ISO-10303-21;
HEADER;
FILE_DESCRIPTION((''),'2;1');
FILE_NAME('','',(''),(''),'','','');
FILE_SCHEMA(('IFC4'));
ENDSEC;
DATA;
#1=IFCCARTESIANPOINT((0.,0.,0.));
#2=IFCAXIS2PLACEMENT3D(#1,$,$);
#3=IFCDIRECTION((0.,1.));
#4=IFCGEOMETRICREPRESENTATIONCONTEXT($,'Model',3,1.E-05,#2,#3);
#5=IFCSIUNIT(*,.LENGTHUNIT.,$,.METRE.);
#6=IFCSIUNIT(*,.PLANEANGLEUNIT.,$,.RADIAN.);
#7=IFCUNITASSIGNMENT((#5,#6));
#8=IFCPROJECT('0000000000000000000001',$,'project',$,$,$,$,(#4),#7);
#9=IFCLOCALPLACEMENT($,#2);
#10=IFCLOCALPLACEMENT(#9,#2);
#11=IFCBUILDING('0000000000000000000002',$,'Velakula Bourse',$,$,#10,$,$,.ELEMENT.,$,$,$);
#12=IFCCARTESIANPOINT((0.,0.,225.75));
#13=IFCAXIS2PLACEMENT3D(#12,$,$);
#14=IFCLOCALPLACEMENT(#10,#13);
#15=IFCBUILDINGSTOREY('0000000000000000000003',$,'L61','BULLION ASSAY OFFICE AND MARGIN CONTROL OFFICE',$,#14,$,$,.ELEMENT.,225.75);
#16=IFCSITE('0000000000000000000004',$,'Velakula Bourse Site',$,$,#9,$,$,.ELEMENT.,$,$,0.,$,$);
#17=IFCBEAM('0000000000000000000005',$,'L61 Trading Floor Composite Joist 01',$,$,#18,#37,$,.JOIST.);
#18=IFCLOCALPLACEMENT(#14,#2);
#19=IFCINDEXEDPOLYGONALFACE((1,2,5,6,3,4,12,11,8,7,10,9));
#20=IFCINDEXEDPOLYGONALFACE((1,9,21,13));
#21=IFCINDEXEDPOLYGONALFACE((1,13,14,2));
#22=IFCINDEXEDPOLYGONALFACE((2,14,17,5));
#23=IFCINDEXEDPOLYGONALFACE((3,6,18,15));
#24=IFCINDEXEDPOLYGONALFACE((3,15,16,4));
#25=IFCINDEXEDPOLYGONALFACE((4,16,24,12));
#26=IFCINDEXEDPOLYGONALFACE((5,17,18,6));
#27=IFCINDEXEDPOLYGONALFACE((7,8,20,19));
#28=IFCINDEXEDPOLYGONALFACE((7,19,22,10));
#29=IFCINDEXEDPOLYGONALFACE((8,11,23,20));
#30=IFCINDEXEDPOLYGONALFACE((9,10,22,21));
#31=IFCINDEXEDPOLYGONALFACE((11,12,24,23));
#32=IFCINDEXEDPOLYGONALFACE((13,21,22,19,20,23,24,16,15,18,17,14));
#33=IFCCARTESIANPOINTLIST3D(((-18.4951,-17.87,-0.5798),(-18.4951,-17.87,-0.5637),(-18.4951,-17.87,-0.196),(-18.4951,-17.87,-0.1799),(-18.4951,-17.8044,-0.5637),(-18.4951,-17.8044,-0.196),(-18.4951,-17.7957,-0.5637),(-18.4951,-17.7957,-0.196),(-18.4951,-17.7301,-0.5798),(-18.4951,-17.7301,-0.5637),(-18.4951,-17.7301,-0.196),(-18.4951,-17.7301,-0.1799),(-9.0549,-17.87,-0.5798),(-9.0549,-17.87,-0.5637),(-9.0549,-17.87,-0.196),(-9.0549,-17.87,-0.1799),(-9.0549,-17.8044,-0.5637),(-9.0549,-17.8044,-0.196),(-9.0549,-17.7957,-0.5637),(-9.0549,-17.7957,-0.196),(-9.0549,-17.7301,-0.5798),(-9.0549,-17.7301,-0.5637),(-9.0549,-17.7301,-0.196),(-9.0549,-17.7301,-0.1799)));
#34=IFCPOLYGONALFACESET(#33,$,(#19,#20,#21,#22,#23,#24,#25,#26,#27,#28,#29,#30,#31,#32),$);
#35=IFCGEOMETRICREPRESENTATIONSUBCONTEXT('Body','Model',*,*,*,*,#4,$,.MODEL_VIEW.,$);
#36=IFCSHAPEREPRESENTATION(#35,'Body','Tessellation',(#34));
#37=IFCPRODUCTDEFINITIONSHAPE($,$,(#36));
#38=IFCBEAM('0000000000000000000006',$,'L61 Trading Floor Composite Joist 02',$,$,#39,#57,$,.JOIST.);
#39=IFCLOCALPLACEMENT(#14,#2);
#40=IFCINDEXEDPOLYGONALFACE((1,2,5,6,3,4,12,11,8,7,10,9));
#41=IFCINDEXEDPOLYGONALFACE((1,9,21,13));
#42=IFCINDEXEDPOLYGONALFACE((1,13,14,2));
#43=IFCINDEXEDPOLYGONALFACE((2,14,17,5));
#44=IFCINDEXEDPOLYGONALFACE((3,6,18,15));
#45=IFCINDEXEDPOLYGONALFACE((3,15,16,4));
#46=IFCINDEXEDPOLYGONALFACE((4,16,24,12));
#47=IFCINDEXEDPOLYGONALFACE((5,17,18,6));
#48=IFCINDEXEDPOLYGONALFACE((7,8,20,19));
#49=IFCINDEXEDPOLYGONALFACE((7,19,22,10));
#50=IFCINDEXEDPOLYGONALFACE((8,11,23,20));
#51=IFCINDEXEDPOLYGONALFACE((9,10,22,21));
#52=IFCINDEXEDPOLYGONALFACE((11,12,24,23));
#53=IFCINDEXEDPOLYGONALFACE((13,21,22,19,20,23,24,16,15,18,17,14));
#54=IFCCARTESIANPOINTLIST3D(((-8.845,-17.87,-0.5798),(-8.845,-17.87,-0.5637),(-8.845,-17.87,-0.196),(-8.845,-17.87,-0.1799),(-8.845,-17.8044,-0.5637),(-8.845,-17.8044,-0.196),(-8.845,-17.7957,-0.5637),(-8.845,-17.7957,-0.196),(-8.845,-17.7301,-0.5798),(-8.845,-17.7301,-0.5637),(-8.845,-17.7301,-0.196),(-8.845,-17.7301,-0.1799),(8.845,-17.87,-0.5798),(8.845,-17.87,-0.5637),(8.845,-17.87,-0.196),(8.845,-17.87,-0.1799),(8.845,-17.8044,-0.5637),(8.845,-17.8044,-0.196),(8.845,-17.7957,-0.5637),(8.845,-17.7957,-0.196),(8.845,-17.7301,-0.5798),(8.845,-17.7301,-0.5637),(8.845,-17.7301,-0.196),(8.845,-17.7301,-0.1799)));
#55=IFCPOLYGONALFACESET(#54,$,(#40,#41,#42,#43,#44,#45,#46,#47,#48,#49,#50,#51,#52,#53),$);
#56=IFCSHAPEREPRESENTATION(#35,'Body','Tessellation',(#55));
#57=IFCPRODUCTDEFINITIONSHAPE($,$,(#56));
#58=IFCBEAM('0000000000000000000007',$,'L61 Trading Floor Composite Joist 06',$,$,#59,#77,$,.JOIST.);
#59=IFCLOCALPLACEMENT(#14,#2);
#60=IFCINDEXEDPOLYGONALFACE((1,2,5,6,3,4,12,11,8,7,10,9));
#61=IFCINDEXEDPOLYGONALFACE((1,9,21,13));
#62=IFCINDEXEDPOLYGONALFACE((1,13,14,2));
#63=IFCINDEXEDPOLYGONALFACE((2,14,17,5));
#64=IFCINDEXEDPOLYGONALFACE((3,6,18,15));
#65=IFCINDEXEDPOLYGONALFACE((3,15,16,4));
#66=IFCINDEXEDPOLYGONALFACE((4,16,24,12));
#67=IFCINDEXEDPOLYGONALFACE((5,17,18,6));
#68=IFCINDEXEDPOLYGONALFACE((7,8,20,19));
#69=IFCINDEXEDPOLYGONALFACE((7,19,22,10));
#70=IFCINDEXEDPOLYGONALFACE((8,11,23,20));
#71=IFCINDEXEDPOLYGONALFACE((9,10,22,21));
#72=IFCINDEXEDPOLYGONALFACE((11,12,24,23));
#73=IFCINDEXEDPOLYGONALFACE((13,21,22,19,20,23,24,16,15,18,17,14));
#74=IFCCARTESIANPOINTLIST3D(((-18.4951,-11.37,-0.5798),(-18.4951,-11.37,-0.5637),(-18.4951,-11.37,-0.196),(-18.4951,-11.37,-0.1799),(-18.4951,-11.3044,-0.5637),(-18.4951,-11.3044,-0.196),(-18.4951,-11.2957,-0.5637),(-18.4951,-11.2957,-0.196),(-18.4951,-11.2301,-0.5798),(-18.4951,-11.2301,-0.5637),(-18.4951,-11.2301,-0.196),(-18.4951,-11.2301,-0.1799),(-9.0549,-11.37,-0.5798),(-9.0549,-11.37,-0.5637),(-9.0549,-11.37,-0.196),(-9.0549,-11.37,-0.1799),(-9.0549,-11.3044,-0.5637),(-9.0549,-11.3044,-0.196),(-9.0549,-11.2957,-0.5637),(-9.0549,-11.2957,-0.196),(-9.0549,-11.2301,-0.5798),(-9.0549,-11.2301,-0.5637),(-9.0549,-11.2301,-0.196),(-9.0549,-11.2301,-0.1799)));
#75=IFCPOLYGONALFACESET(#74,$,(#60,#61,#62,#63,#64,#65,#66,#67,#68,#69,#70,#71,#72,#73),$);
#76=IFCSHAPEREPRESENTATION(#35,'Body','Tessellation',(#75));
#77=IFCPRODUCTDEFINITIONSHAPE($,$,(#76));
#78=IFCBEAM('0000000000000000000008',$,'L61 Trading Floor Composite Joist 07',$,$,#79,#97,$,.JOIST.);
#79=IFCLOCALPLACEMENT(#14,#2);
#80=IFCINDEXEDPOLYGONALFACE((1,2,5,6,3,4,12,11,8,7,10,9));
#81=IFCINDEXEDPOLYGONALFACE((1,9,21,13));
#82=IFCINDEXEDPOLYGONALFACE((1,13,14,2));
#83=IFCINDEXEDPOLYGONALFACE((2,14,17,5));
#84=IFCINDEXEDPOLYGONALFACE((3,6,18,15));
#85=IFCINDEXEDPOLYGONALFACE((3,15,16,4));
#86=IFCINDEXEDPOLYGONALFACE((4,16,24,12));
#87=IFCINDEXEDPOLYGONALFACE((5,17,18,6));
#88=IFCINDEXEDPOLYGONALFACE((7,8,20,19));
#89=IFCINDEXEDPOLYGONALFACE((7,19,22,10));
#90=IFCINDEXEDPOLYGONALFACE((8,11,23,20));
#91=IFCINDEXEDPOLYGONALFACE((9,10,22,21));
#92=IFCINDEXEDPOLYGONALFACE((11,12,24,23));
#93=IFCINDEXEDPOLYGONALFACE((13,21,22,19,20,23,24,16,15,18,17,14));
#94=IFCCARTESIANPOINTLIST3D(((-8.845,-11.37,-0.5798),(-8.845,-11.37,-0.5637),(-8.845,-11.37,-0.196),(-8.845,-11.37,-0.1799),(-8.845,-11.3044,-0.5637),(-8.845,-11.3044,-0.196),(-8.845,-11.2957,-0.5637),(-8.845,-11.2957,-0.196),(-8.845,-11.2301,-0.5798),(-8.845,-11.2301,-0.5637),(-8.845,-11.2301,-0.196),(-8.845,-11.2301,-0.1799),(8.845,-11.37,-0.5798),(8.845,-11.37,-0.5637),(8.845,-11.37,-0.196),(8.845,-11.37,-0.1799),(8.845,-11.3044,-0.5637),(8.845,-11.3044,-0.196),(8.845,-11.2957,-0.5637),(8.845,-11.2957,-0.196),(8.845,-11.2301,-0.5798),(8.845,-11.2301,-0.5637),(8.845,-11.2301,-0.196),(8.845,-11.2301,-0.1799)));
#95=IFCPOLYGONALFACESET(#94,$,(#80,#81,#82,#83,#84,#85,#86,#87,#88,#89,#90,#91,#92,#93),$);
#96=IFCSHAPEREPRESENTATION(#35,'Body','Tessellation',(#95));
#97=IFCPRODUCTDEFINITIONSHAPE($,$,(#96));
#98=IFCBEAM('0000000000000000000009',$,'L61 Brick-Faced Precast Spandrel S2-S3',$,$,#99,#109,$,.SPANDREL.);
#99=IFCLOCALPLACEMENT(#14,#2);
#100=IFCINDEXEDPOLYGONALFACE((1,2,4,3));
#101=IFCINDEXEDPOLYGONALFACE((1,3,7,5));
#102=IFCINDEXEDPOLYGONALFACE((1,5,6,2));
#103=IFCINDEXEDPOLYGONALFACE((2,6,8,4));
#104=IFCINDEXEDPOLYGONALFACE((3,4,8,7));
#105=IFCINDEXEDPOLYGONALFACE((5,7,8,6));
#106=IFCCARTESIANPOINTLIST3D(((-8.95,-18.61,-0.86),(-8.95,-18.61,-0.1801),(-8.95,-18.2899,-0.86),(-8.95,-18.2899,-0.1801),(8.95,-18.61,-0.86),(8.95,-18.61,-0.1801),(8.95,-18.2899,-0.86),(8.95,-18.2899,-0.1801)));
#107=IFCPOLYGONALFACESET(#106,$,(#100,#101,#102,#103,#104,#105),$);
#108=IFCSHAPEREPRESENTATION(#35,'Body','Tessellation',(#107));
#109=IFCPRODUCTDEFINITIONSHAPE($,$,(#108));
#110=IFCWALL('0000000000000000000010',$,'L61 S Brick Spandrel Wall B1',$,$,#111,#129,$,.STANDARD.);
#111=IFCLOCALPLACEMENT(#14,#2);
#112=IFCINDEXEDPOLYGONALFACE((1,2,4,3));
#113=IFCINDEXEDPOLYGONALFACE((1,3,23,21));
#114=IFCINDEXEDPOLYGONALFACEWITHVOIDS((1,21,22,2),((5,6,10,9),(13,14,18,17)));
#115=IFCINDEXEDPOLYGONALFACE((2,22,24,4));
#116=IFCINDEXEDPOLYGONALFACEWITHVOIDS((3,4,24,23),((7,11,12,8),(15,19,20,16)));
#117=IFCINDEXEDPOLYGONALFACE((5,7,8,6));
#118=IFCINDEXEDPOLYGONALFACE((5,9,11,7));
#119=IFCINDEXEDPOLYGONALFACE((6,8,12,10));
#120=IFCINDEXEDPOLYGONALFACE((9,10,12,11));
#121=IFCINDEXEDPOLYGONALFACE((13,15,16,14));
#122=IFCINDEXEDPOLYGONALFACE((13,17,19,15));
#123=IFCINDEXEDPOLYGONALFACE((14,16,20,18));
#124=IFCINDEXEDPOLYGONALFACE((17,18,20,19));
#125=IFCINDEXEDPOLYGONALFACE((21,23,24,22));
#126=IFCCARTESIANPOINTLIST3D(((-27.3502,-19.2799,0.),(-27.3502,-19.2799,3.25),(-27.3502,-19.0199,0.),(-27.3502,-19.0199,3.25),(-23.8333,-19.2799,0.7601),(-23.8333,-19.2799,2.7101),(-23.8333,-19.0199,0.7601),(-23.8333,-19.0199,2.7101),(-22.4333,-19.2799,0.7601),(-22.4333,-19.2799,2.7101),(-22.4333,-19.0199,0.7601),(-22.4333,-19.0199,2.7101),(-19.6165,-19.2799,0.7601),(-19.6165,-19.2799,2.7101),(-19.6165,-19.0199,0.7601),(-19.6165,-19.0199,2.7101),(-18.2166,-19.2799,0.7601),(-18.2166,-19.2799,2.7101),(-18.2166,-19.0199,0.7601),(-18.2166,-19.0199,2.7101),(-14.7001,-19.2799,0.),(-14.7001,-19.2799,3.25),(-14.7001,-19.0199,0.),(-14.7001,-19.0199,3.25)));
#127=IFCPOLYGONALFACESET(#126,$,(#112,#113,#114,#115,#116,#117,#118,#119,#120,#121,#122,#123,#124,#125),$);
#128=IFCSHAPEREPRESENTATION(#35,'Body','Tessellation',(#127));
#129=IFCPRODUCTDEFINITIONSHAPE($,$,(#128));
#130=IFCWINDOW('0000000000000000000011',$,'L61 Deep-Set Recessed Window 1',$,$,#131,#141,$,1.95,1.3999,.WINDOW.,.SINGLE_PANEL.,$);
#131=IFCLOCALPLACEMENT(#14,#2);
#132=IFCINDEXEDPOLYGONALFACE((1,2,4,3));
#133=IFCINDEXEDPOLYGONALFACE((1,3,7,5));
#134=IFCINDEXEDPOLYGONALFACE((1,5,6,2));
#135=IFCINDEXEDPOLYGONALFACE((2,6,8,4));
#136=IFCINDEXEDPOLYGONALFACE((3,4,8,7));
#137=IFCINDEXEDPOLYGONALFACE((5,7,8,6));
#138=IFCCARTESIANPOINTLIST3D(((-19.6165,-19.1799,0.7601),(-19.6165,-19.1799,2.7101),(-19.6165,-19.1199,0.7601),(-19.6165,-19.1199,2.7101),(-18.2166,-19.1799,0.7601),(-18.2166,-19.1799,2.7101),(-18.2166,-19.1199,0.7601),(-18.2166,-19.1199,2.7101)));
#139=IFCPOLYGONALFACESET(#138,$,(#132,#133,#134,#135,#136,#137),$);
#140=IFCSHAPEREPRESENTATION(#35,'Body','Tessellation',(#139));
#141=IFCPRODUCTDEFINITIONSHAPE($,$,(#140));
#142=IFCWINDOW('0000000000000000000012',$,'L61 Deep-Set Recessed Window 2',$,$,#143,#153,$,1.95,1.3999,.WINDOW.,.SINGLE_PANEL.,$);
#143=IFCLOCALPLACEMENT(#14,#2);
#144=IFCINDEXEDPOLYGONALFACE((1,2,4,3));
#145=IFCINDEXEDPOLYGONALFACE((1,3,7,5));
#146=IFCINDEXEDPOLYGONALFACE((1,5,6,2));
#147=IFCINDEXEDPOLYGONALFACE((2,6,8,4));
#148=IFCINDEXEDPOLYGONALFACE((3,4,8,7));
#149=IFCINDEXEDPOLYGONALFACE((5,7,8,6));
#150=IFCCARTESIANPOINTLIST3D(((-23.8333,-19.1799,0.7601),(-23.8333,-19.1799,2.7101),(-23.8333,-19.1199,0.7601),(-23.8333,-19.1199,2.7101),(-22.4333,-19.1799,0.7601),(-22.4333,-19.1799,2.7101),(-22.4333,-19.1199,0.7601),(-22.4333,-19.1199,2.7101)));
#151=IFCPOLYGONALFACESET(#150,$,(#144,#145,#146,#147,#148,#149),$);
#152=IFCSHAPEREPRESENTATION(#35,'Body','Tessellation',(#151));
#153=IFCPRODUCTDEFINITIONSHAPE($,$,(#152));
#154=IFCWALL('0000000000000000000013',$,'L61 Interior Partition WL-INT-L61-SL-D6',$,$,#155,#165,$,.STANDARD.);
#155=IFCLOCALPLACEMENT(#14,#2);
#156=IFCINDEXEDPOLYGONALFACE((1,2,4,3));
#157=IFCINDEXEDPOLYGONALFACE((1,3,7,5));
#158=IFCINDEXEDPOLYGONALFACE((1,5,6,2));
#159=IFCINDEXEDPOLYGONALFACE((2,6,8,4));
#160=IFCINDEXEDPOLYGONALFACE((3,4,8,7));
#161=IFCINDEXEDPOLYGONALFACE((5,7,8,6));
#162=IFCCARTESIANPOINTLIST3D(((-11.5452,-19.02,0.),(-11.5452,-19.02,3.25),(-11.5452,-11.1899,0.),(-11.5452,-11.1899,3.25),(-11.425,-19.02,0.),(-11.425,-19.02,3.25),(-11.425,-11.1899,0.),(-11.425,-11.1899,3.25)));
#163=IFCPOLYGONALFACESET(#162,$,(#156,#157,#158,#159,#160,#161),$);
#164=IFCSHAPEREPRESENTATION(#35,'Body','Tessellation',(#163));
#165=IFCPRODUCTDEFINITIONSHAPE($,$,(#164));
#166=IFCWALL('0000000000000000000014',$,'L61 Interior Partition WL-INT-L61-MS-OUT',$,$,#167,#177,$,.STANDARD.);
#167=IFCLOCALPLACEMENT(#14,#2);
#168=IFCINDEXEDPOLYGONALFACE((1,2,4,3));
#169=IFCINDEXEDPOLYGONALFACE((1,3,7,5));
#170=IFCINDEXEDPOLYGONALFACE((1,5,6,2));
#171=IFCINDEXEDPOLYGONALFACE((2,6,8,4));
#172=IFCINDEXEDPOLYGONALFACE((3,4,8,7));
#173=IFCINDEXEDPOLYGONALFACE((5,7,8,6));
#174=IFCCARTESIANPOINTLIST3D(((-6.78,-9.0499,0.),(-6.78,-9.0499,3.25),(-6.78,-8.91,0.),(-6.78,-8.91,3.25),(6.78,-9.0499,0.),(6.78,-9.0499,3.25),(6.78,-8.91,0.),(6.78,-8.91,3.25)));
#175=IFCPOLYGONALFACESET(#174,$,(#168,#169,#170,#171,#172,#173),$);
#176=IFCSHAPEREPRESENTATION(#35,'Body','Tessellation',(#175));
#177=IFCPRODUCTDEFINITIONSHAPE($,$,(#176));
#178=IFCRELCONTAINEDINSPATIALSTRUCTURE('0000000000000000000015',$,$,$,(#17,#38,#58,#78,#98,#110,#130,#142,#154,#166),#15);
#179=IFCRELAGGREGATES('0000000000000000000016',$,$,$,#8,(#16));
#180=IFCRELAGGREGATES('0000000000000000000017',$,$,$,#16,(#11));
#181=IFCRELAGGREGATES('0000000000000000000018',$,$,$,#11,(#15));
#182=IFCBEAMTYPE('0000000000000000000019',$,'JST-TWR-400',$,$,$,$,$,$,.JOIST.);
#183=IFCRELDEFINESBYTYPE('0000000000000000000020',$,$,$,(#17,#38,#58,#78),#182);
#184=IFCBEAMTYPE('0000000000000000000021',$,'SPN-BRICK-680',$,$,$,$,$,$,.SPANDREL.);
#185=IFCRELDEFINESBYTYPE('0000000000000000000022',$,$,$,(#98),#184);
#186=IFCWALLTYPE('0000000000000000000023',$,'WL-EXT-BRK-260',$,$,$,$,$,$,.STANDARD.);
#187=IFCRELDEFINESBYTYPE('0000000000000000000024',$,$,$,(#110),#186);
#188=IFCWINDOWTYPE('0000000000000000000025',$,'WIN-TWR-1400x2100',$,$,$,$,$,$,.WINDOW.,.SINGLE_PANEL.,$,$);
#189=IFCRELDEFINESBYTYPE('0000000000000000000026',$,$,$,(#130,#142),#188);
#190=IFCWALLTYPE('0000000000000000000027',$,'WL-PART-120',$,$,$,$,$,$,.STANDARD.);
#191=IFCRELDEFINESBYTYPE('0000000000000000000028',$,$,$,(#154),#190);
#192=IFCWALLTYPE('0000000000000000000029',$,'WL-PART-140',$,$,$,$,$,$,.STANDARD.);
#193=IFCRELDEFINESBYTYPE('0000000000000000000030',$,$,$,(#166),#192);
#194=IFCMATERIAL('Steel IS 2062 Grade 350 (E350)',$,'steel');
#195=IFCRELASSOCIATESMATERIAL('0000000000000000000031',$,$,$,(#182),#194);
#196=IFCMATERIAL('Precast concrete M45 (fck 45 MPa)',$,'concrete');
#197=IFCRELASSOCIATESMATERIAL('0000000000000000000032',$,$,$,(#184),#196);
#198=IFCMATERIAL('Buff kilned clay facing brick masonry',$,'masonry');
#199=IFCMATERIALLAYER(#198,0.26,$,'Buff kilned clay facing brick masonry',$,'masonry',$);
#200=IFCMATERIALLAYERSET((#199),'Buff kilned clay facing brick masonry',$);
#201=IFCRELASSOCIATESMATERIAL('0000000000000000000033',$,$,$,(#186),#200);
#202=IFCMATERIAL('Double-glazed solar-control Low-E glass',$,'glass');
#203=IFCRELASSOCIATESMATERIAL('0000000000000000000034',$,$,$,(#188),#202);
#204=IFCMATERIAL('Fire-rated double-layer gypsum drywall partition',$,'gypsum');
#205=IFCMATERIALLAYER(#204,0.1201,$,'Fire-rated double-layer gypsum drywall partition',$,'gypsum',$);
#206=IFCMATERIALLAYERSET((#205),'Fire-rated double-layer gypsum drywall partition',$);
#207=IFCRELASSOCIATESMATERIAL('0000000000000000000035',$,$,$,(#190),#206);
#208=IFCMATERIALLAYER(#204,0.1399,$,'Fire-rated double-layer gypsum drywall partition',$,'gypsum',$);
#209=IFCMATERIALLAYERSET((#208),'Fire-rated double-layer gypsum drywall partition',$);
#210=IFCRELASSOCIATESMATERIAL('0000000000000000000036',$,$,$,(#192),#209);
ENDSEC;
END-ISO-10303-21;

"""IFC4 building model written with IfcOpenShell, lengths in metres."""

from ifc_helpers import new_model, si_unit, direction, frame, frame_2d, origin, origin_2d, place, context, subcontext, project, spatial, rectangle, i_section, extrude, material, layer, layer_set, material_profile, profile_set, type_object, element, fill, save


model = new_model("IFC4")

# Units and contexts
model_context = context("Model", 3, precision=1e-05, world=origin(), true_north=direction((0.0, 1.0)))
body_context = subcontext(model_context, "Body", "Model", "MODEL_VIEW")
ifc_project = project(units=[si_unit("LENGTHUNIT", "METRE"), si_unit("PLANEANGLEUNIT", "RADIAN")], contexts=[model_context])

# Site, building, storey
site_placement = place(None, origin())
site = spatial("IfcSite", under=ifc_project, at=site_placement, Name="Velakula Bourse Site", CompositionType="ELEMENT", RefElevation=0.0)
building_placement = place(site_placement, origin())
building = spatial("IfcBuilding", under=site, at=building_placement, Name="Velakula Bourse", CompositionType="ELEMENT")
storey_placement = place(building_placement, frame((0.0, 0.0, 225.75)))
storey = spatial("IfcBuildingStorey", under=building, at=storey_placement, Name="L61", Description="BULLION ASSAY OFFICE AND MARGIN CONTROL OFFICE", CompositionType="ELEMENT", Elevation=225.75)

# Shared definitions
ifc_material_1 = material(Name="Steel IS 2062 Grade 350 (E350)", Category="steel")

# Beams
ifc_material_profile_1 = material_profile(ifc_material_1, i_section(OverallWidth=0.1399, OverallDepth=0.3999, WebThickness=0.0088, FlangeThickness=0.0161, at=origin_2d()), Name="Steel IS 2062 Grade 350 (E350)")
ifc_profile_set_1 = profile_set([ifc_material_profile_1], Name="Steel IS 2062 Grade 350 (E350)")
beam_type_1 = type_object("IfcBeamType", Name="JST-TWR-400", PredefinedType="JOIST", material=ifc_profile_set_1)
beam_1_placement = place(storey_placement, frame((-18.4951, -17.8, -0.3799), z_axis=(1.0, 0.0, 0.0), x_axis=(0.0, 1.0, 0.0)))
element("IfcBeam", 1, at=beam_1_placement, inside=storey, type_object=beam_type_1, Name="L61 Trading Floor Composite Joist 01", PredefinedType="JOIST", context=body_context, shape_type="SweptSolid", body=[
    extrude(i_section(OverallWidth=0.1399, OverallDepth=0.3999, WebThickness=0.0088, FlangeThickness=0.0161, at=origin_2d()), origin(), (0.0, 0.0, 1.0), 9.4402),
])
beam_2_placement = place(storey_placement, frame((-8.845, -17.8, -0.3799), z_axis=(1.0, 0.0, 0.0), x_axis=(0.0, 1.0, 0.0)))
element("IfcBeam", 2, at=beam_2_placement, inside=storey, type_object=beam_type_1, Name="L61 Trading Floor Composite Joist 02", PredefinedType="JOIST", context=body_context, shape_type="SweptSolid", body=[
    extrude(i_section(OverallWidth=0.1399, OverallDepth=0.3999, WebThickness=0.0088, FlangeThickness=0.0161, at=origin_2d()), origin(), (0.0, 0.0, 1.0), 17.6899),
])
beam_3_placement = place(storey_placement, frame((-18.4951, -11.3, -0.3799), z_axis=(1.0, 0.0, 0.0), x_axis=(0.0, 1.0, 0.0)))
element("IfcBeam", 3, at=beam_3_placement, inside=storey, type_object=beam_type_1, Name="L61 Trading Floor Composite Joist 06", PredefinedType="JOIST", context=body_context, shape_type="SweptSolid", body=[
    extrude(i_section(OverallWidth=0.1399, OverallDepth=0.3999, WebThickness=0.0088, FlangeThickness=0.0161, at=origin_2d()), origin(), (0.0, 0.0, 1.0), 9.4402),
])
beam_4_placement = place(storey_placement, frame((-8.845, -11.3, -0.3799), z_axis=(1.0, 0.0, 0.0), x_axis=(0.0, 1.0, 0.0)))
element("IfcBeam", 4, at=beam_4_placement, inside=storey, type_object=beam_type_1, Name="L61 Trading Floor Composite Joist 07", PredefinedType="JOIST", context=body_context, shape_type="SweptSolid", body=[
    extrude(i_section(OverallWidth=0.1399, OverallDepth=0.3999, WebThickness=0.0088, FlangeThickness=0.0161, at=origin_2d()), origin(), (0.0, 0.0, 1.0), 17.6899),
])
ifc_material_2 = material(Name="Precast concrete M45 (fck 45 MPa)", Category="concrete")
ifc_material_profile_2 = material_profile(ifc_material_2, rectangle(XDim=0.3201, YDim=0.6799, at=origin_2d()), Name="Precast concrete M45 (fck 45 MPa)")
ifc_profile_set_2 = profile_set([ifc_material_profile_2], Name="Precast concrete M45 (fck 45 MPa)")
beam_type_2 = type_object("IfcBeamType", Name="SPN-BRICK-680", PredefinedType="SPANDREL", material=ifc_profile_set_2)
beam_5_placement = place(storey_placement, frame((-8.95, -18.45, -0.52), z_axis=(1.0, 0.0, 0.0), x_axis=(0.0, 1.0, 0.0)))
element("IfcBeam", 5, at=beam_5_placement, inside=storey, type_object=beam_type_2, Name="L61 Brick-Faced Precast Spandrel S2-S3", PredefinedType="SPANDREL", context=body_context, shape_type="SweptSolid", body=[
    extrude(rectangle(XDim=0.3201, YDim=0.6799, at=origin_2d()), origin(), (0.0, 0.0, 1.0), 17.8999),
])

# Wall, openings, windows
ifc_material_3 = material(Name="Buff kilned clay facing brick masonry", Category="masonry")
ifc_layer_1 = layer(ifc_material_3, 0.26, Name="Buff kilned clay facing brick masonry", Category="masonry")
ifc_layer_set_1 = layer_set([ifc_layer_1], Name="Buff kilned clay facing brick masonry")
wall_type_1 = type_object("IfcWallType", Name="WL-EXT-BRK-260", PredefinedType="STANDARD", material=ifc_layer_set_1)
wall_1_placement = place(storey_placement, frame((-14.7, -19.1499, 0.0), z_axis=(0.0, 0.0, 1.0), x_axis=(-1.0, 0.0, 0.0)))
wall_1 = element("IfcWall", 6, at=wall_1_placement, inside=storey, type_object=wall_type_1, Name="L61 S Brick Spandrel Wall B1", PredefinedType="STANDARD", context=body_context, shape_type="SweptSolid", body=[
    extrude(rectangle(XDim=12.6501, YDim=0.26, at=frame_2d((6.3252, 0.0))), origin(), (0.0, 0.0, 1.0), 3.25),
])
opening_1_placement = place(wall_1_placement, frame((3.5166, 0.0, 0.76)))
opening_1 = element("IfcOpeningElement", 7, at=opening_1_placement, cuts=wall_1, PredefinedType="OPENING", context=body_context, shape_type="SweptSolid", body=[
    extrude(rectangle(XDim=1.3999, YDim=1.95, at=frame_2d((0.7, 0.9751))), frame((0.0, 0.1399, 0.0), z_axis=(0.0, -1.0, 0.0), x_axis=(1.0, 0.0, 0.0)), (0.0, 0.0, 1.0), 0.28),
])
opening_2_placement = place(wall_1_placement, frame((7.7334, 0.0, 0.76)))
opening_2 = element("IfcOpeningElement", 8, at=opening_2_placement, cuts=wall_1, PredefinedType="OPENING", context=body_context, shape_type="SweptSolid", body=[
    extrude(rectangle(XDim=1.3999, YDim=1.95, at=frame_2d((0.7, 0.9751))), frame((0.0, 0.1399, 0.0), z_axis=(0.0, -1.0, 0.0), x_axis=(1.0, 0.0, 0.0)), (0.0, 0.0, 1.0), 0.28),
])
ifc_material_4 = material(Name="Double-glazed solar-control Low-E glass", Category="glass")
window_type = type_object("IfcWindowType", Name="WIN-TWR-1400x2100", PartitioningType="SINGLE_PANEL", PredefinedType="WINDOW", material=ifc_material_4)
window_1_placement = place(opening_1_placement, origin())
window_1 = element("IfcWindow", 9, at=window_1_placement, inside=storey, type_object=window_type, Name="L61 Deep-Set Recessed Window 1", OverallHeight=1.95, OverallWidth=1.3999, PartitioningType="SINGLE_PANEL", PredefinedType="WINDOW", context=body_context, shape_type="SweptSolid", body=[
    extrude(rectangle(XDim=1.3999, YDim=1.95, at=frame_2d((0.7, 0.9751))), frame((0.0, 0.03, 0.0), z_axis=(0.0, -1.0, 0.0), x_axis=(1.0, 0.0, 0.0)), (0.0, 0.0, 1.0), 0.0601),
])
fill(opening_1, window_1)
window_2_placement = place(opening_2_placement, origin())
window_2 = element("IfcWindow", 10, at=window_2_placement, inside=storey, type_object=window_type, Name="L61 Deep-Set Recessed Window 2", OverallHeight=1.95, OverallWidth=1.3999, PartitioningType="SINGLE_PANEL", PredefinedType="WINDOW", context=body_context, shape_type="SweptSolid", body=[
    extrude(rectangle(XDim=1.3999, YDim=1.95, at=frame_2d((0.7, 0.9751))), frame((0.0, 0.03, 0.0), z_axis=(0.0, -1.0, 0.0), x_axis=(1.0, 0.0, 0.0)), (0.0, 0.0, 1.0), 0.0601),
])
fill(opening_2, window_2)

# Walls
ifc_material_5 = material(Name="Fire-rated double-layer gypsum drywall partition", Category="gypsum")
ifc_layer_2 = layer(ifc_material_5, 0.1201, Name="Fire-rated double-layer gypsum drywall partition", Category="gypsum")
ifc_layer_set_2 = layer_set([ifc_layer_2], Name="Fire-rated double-layer gypsum drywall partition")
wall_type_2 = type_object("IfcWallType", Name="WL-PART-120", PredefinedType="STANDARD", material=ifc_layer_set_2)
wall_2_placement = place(storey_placement, frame((-11.4851, -19.02, 0.0), z_axis=(0.0, 0.0, 1.0), x_axis=(0.0, 1.0, 0.0)))
element("IfcWall", 11, at=wall_2_placement, inside=storey, type_object=wall_type_2, Name="L61 Interior Partition WL-INT-L61-SL-D6", PredefinedType="STANDARD", context=body_context, shape_type="SweptSolid", body=[
    extrude(rectangle(XDim=7.8301, YDim=0.1201, at=frame_2d((3.915, 0.0))), origin(), (0.0, 0.0, 1.0), 3.25),
])
ifc_layer_3 = layer(ifc_material_5, 0.1399, Name="Fire-rated double-layer gypsum drywall partition", Category="gypsum")
ifc_layer_set_3 = layer_set([ifc_layer_3], Name="Fire-rated double-layer gypsum drywall partition")
wall_type_3 = type_object("IfcWallType", Name="WL-PART-140", PredefinedType="STANDARD", material=ifc_layer_set_3)
wall_3_placement = place(storey_placement, frame((-6.78, -8.98, 0.0), z_axis=(0.0, 0.0, 1.0), x_axis=(1.0, 0.0, 0.0)))
element("IfcWall", 12, at=wall_3_placement, inside=storey, type_object=wall_type_3, Name="L61 Interior Partition WL-INT-L61-MS-OUT", PredefinedType="STANDARD", context=body_context, shape_type="SweptSolid", body=[
    extrude(rectangle(XDim=13.5601, YDim=0.1399, at=frame_2d((6.78, 0.0))), origin(), (0.0, 0.0, 1.0), 3.25),
])

save(model, "model.ifc")
